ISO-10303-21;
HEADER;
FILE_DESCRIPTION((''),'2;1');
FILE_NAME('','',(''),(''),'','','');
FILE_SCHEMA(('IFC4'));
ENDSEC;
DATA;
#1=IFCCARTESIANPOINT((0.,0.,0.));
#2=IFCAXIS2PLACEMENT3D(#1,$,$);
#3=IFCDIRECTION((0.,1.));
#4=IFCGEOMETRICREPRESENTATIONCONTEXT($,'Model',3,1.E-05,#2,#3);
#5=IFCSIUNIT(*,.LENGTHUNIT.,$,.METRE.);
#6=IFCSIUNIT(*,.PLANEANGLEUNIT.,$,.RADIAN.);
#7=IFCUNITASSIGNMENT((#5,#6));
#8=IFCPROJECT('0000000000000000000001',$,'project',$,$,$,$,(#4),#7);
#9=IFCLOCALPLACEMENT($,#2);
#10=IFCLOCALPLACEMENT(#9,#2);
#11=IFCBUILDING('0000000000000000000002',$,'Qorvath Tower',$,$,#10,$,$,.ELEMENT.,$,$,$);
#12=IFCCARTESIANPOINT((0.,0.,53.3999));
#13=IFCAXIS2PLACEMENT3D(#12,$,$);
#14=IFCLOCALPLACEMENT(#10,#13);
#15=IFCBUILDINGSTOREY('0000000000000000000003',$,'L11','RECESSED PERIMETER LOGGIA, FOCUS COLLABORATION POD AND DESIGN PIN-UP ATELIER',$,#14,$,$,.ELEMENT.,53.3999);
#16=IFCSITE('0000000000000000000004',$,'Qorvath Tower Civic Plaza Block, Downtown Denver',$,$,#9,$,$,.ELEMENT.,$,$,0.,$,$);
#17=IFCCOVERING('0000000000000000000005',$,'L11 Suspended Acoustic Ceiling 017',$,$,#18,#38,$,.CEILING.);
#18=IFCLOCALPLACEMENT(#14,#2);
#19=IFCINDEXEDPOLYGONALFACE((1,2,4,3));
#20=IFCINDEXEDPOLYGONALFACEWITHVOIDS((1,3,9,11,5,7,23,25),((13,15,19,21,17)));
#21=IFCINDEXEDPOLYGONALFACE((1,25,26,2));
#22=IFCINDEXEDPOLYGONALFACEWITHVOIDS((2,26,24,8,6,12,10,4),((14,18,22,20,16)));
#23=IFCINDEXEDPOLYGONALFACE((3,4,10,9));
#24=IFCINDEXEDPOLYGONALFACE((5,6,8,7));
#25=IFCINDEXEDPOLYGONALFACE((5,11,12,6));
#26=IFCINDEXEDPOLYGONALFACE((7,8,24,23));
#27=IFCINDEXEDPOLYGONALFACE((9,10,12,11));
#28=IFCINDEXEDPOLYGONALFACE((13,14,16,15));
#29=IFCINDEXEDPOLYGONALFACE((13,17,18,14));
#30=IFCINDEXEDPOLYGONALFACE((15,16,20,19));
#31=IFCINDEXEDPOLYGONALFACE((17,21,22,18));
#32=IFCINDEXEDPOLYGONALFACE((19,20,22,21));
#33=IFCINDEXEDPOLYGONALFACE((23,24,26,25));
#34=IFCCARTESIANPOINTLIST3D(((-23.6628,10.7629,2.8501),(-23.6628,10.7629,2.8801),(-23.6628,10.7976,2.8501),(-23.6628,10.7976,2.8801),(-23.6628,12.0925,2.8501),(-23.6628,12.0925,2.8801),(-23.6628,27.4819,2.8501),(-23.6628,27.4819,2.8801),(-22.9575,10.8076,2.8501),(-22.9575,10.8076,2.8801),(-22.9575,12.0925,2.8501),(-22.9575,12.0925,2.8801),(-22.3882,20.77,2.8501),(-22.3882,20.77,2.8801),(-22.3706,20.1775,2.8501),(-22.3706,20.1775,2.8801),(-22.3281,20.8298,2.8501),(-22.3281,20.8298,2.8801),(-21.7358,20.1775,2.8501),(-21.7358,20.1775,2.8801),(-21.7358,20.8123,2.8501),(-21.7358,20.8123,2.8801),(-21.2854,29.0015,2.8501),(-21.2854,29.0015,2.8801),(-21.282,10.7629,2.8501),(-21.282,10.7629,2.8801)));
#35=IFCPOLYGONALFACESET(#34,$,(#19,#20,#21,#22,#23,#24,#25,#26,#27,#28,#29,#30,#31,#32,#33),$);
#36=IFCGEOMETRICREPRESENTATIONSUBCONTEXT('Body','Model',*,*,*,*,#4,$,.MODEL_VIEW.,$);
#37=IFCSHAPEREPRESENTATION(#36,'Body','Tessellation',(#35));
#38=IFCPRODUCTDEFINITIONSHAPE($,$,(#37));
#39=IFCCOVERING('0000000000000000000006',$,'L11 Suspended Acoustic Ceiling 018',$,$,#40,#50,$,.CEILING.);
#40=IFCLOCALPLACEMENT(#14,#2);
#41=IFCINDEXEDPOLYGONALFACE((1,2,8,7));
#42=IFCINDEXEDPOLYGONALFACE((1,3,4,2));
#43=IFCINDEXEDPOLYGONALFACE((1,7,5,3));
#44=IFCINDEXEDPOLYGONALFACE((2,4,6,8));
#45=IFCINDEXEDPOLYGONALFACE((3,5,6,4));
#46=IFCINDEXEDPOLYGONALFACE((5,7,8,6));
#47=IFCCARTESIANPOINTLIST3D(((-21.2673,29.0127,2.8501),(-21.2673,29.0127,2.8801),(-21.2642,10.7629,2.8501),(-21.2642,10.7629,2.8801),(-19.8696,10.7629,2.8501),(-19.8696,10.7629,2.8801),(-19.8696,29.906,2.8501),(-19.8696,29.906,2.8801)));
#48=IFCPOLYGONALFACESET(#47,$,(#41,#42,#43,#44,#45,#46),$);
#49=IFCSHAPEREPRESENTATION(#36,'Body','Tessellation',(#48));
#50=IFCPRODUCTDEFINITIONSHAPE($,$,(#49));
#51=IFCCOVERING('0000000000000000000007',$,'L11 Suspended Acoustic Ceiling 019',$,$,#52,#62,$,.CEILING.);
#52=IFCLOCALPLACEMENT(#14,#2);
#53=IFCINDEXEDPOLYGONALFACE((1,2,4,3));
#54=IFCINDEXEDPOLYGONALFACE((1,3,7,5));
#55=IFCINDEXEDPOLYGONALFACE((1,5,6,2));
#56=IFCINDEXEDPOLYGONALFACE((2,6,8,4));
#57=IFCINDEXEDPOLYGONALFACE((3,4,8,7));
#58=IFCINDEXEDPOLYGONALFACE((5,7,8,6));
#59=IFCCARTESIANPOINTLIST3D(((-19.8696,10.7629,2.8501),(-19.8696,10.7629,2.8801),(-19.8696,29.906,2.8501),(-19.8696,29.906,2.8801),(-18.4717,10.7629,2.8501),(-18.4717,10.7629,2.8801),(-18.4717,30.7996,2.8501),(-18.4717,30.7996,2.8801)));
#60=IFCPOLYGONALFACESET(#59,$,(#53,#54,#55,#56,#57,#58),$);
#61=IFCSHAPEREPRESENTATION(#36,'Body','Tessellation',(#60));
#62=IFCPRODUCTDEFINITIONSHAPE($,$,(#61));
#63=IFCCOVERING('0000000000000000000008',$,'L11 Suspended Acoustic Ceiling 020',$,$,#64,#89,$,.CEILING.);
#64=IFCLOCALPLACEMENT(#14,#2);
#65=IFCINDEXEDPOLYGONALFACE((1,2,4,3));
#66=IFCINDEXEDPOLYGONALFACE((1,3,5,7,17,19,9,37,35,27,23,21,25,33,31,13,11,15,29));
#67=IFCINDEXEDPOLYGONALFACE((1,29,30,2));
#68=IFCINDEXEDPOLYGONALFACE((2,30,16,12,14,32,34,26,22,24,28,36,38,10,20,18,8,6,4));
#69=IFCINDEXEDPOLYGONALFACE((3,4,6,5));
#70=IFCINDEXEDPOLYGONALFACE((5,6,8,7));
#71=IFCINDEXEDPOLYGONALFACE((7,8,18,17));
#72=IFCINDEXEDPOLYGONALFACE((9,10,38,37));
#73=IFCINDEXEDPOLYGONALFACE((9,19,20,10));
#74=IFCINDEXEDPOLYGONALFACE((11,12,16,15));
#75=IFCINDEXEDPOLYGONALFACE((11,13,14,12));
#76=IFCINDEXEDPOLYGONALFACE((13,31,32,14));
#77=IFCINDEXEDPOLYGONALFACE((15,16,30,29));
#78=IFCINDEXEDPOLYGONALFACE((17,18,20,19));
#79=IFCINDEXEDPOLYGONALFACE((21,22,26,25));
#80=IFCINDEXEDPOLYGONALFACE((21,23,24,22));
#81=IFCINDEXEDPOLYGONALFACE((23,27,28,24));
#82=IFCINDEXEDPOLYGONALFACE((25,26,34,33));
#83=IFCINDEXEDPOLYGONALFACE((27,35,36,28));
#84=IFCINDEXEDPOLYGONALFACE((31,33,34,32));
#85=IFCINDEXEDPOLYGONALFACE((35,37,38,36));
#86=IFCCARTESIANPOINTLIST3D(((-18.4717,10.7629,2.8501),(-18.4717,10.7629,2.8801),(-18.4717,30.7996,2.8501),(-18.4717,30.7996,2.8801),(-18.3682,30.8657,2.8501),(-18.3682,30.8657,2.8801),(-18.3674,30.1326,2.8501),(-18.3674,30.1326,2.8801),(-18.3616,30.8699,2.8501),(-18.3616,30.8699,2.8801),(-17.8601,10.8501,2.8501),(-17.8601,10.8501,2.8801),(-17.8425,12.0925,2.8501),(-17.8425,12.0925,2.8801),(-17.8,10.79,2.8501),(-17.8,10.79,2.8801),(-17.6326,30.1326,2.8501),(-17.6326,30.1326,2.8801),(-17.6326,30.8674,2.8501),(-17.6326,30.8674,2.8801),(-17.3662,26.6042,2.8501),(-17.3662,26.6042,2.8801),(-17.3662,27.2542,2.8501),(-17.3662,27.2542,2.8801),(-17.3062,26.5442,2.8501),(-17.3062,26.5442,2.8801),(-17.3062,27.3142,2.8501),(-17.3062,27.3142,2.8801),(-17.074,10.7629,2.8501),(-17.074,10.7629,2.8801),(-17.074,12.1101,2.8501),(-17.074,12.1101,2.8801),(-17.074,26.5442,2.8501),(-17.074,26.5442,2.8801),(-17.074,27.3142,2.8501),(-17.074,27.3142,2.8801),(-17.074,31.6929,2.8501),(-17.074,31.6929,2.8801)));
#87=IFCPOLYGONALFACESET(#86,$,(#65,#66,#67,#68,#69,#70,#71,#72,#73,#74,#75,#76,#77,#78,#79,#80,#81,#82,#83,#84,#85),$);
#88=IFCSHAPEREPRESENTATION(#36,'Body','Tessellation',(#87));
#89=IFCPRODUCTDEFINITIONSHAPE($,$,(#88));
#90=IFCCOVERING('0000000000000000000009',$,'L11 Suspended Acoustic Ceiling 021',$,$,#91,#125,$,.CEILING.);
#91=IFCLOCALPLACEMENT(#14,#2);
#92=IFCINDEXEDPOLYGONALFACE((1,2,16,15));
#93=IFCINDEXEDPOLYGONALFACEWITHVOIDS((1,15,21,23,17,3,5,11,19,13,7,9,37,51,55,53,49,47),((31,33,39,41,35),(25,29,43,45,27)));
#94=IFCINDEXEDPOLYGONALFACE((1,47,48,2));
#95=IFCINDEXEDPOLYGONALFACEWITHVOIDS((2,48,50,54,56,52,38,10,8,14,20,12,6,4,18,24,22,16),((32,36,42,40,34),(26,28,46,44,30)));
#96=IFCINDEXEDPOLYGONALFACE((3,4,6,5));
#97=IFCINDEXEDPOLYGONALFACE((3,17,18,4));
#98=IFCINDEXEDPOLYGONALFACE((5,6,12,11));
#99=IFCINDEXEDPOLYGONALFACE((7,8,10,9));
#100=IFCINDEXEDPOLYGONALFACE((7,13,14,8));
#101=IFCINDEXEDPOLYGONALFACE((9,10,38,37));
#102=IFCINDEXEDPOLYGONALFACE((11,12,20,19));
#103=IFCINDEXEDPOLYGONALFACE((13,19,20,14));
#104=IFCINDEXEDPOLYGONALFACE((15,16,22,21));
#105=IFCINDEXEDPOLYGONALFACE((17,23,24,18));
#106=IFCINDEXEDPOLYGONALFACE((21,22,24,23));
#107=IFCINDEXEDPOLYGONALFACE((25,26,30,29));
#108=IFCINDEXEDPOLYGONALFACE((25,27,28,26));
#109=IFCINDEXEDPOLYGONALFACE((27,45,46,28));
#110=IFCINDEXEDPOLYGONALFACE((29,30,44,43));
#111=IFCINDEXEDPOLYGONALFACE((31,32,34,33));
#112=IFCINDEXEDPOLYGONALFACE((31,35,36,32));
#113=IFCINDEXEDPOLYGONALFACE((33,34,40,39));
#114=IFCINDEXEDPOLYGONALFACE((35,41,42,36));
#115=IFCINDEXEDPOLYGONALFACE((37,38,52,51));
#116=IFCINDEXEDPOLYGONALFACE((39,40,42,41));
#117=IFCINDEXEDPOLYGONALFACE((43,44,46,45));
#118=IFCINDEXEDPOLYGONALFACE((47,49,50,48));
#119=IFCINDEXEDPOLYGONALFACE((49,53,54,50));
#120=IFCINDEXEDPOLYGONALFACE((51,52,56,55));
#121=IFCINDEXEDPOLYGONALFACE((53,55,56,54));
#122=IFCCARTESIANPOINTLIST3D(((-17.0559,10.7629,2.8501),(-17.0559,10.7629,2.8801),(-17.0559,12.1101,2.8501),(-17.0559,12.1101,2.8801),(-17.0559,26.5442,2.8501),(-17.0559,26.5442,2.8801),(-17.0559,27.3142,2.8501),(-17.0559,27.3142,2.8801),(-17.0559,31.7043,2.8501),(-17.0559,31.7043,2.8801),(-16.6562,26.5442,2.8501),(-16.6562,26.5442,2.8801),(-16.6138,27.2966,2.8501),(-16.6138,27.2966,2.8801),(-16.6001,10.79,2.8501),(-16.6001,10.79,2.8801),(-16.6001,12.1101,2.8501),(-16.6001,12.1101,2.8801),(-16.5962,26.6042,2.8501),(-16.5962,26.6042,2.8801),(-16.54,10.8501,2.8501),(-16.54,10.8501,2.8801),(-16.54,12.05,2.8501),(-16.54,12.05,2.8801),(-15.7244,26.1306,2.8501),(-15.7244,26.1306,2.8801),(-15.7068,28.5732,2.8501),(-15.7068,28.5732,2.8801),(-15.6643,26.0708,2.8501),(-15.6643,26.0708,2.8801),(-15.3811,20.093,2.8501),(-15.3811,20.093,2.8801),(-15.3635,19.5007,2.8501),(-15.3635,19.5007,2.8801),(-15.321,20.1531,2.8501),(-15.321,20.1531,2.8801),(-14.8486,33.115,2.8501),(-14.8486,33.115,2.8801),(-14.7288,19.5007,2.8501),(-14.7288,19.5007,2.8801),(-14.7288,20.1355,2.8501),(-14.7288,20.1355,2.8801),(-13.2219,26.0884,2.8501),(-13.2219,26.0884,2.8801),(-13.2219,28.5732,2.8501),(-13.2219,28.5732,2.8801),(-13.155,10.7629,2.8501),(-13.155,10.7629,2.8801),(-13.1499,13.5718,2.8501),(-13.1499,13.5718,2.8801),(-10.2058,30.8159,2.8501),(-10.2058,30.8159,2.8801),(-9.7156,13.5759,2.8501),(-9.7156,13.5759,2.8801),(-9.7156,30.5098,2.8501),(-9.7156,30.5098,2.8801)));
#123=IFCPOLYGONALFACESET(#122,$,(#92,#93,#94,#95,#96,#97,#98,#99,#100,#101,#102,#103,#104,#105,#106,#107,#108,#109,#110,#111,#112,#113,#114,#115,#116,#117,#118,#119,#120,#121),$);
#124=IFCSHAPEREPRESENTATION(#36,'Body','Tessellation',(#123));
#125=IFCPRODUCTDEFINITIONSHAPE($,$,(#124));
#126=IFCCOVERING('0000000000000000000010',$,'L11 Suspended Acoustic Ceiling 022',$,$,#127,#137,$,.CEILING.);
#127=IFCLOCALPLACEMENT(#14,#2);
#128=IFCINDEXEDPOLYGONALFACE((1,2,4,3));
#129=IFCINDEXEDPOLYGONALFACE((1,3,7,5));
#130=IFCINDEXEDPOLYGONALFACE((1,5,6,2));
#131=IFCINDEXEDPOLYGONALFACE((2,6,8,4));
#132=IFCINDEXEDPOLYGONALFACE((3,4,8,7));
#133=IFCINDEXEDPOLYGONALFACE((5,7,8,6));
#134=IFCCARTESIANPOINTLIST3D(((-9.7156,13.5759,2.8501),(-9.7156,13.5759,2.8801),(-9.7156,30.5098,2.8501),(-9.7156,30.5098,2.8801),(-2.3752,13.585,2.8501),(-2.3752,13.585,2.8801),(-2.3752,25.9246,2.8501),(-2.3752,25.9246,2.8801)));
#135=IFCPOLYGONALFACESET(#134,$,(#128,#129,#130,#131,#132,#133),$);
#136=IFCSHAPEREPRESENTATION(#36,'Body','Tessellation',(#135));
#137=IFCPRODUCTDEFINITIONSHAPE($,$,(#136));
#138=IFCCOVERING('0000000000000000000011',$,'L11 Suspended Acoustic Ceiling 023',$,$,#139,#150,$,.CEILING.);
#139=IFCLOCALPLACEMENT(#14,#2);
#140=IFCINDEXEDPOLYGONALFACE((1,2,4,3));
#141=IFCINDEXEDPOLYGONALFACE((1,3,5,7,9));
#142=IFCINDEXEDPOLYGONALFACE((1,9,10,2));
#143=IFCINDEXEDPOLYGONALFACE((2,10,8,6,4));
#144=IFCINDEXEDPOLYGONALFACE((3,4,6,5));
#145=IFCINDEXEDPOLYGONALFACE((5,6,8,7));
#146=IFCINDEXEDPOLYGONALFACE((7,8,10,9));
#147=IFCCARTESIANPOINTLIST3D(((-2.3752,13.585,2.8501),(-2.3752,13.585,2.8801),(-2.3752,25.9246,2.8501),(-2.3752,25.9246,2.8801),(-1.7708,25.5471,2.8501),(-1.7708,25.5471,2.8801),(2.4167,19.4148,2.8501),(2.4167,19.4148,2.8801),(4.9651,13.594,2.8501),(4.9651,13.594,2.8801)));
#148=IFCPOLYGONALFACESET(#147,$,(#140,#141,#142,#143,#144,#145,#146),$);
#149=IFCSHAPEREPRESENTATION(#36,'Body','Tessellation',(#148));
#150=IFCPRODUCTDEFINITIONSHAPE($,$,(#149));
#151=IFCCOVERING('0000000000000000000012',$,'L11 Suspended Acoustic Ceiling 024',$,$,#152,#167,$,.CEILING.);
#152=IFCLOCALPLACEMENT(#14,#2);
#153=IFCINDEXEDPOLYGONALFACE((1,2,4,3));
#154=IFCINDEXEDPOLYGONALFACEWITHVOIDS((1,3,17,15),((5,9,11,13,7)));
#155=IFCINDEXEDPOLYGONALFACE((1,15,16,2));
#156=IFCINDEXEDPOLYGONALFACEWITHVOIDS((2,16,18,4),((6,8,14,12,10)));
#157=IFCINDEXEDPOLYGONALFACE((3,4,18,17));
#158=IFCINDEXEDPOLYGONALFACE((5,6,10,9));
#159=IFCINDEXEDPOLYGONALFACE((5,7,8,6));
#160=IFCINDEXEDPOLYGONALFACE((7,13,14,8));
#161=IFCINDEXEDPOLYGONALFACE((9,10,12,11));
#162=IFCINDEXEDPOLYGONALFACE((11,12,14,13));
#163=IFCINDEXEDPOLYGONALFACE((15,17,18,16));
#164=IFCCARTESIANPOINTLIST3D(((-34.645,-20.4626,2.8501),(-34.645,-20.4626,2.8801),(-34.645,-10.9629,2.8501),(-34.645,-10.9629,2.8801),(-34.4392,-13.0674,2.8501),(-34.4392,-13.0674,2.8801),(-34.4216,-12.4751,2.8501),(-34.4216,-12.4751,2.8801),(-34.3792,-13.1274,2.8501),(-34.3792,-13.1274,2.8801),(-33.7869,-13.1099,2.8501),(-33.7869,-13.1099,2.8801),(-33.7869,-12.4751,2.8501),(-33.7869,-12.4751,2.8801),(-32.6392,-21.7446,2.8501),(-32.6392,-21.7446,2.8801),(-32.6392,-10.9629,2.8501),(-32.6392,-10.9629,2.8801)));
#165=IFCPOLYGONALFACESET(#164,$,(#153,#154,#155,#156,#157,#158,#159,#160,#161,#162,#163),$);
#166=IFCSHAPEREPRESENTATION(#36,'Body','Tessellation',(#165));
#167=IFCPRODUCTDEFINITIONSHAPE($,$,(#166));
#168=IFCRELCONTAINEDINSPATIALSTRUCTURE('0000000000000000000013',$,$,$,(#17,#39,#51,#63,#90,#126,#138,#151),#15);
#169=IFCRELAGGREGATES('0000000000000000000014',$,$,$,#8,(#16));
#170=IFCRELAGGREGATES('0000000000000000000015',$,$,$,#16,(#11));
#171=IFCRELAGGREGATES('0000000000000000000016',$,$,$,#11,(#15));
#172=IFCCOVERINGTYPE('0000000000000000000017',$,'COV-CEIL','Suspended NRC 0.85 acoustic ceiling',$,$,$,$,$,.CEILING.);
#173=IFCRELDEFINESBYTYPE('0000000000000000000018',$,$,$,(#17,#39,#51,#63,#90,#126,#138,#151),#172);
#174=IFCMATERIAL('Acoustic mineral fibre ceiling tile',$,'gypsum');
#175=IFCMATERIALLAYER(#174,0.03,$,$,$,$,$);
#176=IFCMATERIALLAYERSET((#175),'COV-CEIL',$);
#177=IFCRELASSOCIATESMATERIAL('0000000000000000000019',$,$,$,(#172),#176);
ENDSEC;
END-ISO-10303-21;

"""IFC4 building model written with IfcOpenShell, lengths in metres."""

from ifc_helpers import new_model, si_unit, direction, frame, origin, place, context, subcontext, project, spatial, polyline, outline, extrude, material, layer, layer_set, type_object, element, save


model = new_model("IFC4")

# Units and contexts
model_context = context("Model", 3, precision=1e-05, world=origin(), true_north=direction((0.0, 1.0)))
body_context = subcontext(model_context, "Body", "Model", "MODEL_VIEW")
ifc_project = project(units=[si_unit("LENGTHUNIT", "METRE"), si_unit("PLANEANGLEUNIT", "RADIAN")], contexts=[model_context])

# Site, building, storey
site_placement = place(None, origin())
site = spatial("IfcSite", under=ifc_project, at=site_placement, Name="Qorvath Tower Civic Plaza Block, Downtown Denver", CompositionType="ELEMENT", RefElevation=0.0)
building_placement = place(site_placement, origin())
building = spatial("IfcBuilding", under=site, at=building_placement, Name="Qorvath Tower", CompositionType="ELEMENT")
storey_placement = place(building_placement, frame((0.0, 0.0, 53.3999)))
storey = spatial("IfcBuildingStorey", under=building, at=storey_placement, Name="L11", Description="RECESSED PERIMETER LOGGIA, FOCUS COLLABORATION POD AND DESIGN PIN-UP ATELIER", CompositionType="ELEMENT", Elevation=53.3999)

# Coverings
ifc_material_1 = material(Name="Acoustic mineral fibre ceiling tile", Category="gypsum")
ifc_layer_1 = layer(ifc_material_1, 0.03)
ifc_layer_set_1 = layer_set([ifc_layer_1], Name="COV-CEIL")
covering_type_1 = type_object("IfcCoveringType", Name="COV-CEIL", Description="Suspended NRC 0.85 acoustic ceiling", PredefinedType="CEILING", material=ifc_layer_set_1)
covering_1_placement = place(storey_placement, frame((0.0, 0.0, 2.8501)))
element("IfcCovering", 1, at=covering_1_placement, inside=storey, type_object=covering_type_1, Name="L11 Suspended Acoustic Ceiling 017", PredefinedType="CEILING", context=body_context, shape_type="SweptSolid", body=[
    extrude(outline(polyline([(-21.282, 10.7629), (-21.2854, 29.0015), (-23.6628, 27.4819), (-23.6628, 12.0925), (-22.9575, 12.0925), (-22.9575, 10.8076), (-23.6628, 10.7976), (-23.6628, 10.7629), (-21.282, 10.7629)]), holes=[polyline([(-22.3882, 20.77), (-22.3281, 20.8298), (-21.7358, 20.8123), (-21.7358, 20.1775), (-22.3706, 20.1775), (-22.3882, 20.77)])]), origin(), (0.0, 0.0, 1.0), 0.03),
])
covering_2_placement = place(storey_placement, frame((0.0, 0.0, 2.8501)))
element("IfcCovering", 2, at=covering_2_placement, inside=storey, type_object=covering_type_1, Name="L11 Suspended Acoustic Ceiling 018", PredefinedType="CEILING", context=body_context, shape_type="SweptSolid", body=[
    extrude(outline(polyline([(-19.8696, 10.7629), (-19.8696, 29.906), (-21.2673, 29.0127), (-21.2642, 10.7629), (-19.8696, 10.7629)])), origin(), (0.0, 0.0, 1.0), 0.03),
])
covering_3_placement = place(storey_placement, frame((0.0, 0.0, 2.8501)))
element("IfcCovering", 3, at=covering_3_placement, inside=storey, type_object=covering_type_1, Name="L11 Suspended Acoustic Ceiling 019", PredefinedType="CEILING", context=body_context, shape_type="SweptSolid", body=[
    extrude(outline(polyline([(-18.4717, 10.7629), (-18.4717, 30.7996), (-19.8696, 29.906), (-19.8696, 10.7629), (-18.4717, 10.7629)])), origin(), (0.0, 0.0, 1.0), 0.03),
])
covering_4_placement = place(storey_placement, frame((0.0, 0.0, 2.8501)))
element("IfcCovering", 4, at=covering_4_placement, inside=storey, type_object=covering_type_1, Name="L11 Suspended Acoustic Ceiling 020", PredefinedType="CEILING", context=body_context, shape_type="SweptSolid", body=[
    extrude(outline(polyline([(-17.3062, 27.3142), (-17.074, 27.3142), (-17.074, 31.6929), (-18.3616, 30.8699), (-17.6326, 30.8674), (-17.6326, 30.1326), (-18.3674, 30.1326), (-18.3682, 30.8657), (-18.4717, 30.7996), (-18.4717, 10.7629), (-17.074, 10.7629), (-17.8, 10.79), (-17.8601, 10.8501), (-17.8425, 12.0925), (-17.074, 12.1101), (-17.074, 26.5442), (-17.3062, 26.5442), (-17.3662, 26.6042), (-17.3662, 27.2542), (-17.3062, 27.3142)])), origin(), (0.0, 0.0, 1.0), 0.03),
])
covering_5_placement = place(storey_placement, frame((0.0, 0.0, 2.8501)))
element("IfcCovering", 5, at=covering_5_placement, inside=storey, type_object=covering_type_1, Name="L11 Suspended Acoustic Ceiling 021", PredefinedType="CEILING", context=body_context, shape_type="SweptSolid", body=[
    extrude(outline(polyline([(-16.6562, 26.5442), (-17.0559, 26.5442), (-17.0559, 12.1101), (-16.6001, 12.1101), (-16.54, 12.05), (-16.54, 10.8501), (-16.6001, 10.79), (-17.0559, 10.7629), (-13.155, 10.7629), (-13.1499, 13.5718), (-9.7156, 13.5759), (-9.7156, 30.5098), (-10.2058, 30.8159), (-14.8486, 33.115), (-17.0559, 31.7043), (-17.0559, 27.3142), (-16.6138, 27.2966), (-16.5962, 26.6042), (-16.6562, 26.5442)]), holes=[polyline([(-15.7244, 26.1306), (-15.7068, 28.5732), (-13.2219, 28.5732), (-13.2219, 26.0884), (-15.6643, 26.0708), (-15.7244, 26.1306)]), polyline([(-15.3811, 20.093), (-15.321, 20.1531), (-14.7288, 20.1355), (-14.7288, 19.5007), (-15.3635, 19.5007), (-15.3811, 20.093)])]), origin(), (0.0, 0.0, 1.0), 0.03),
])
covering_6_placement = place(storey_placement, frame((0.0, 0.0, 2.8501)))
element("IfcCovering", 6, at=covering_6_placement, inside=storey, type_object=covering_type_1, Name="L11 Suspended Acoustic Ceiling 022", PredefinedType="CEILING", context=body_context, shape_type="SweptSolid", body=[
    extrude(outline(polyline([(-9.7156, 30.5098), (-9.7156, 13.5759), (-2.3752, 13.585), (-2.3752, 25.9246), (-9.7156, 30.5098)])), origin(), (0.0, 0.0, 1.0), 0.03),
])
covering_7_placement = place(storey_placement, frame((0.0, 0.0, 2.8501)))
element("IfcCovering", 7, at=covering_7_placement, inside=storey, type_object=covering_type_1, Name="L11 Suspended Acoustic Ceiling 023", PredefinedType="CEILING", context=body_context, shape_type="SweptSolid", body=[
    extrude(outline(polyline([(-2.3752, 25.9246), (-2.3752, 13.585), (4.9651, 13.594), (2.4167, 19.4148), (-1.7708, 25.5471), (-2.3752, 25.9246)])), origin(), (0.0, 0.0, 1.0), 0.03),
])
covering_8_placement = place(storey_placement, frame((0.0, 0.0, 2.8501)))
element("IfcCovering", 8, at=covering_8_placement, inside=storey, type_object=covering_type_1, Name="L11 Suspended Acoustic Ceiling 024", PredefinedType="CEILING", context=body_context, shape_type="SweptSolid", body=[
    extrude(outline(polyline([(-32.6392, -21.7446), (-32.6392, -10.9629), (-34.645, -10.9629), (-34.645, -20.4626), (-32.6392, -21.7446)]), holes=[polyline([(-34.4392, -13.0674), (-34.4216, -12.4751), (-33.7869, -12.4751), (-33.7869, -13.1099), (-34.3792, -13.1274), (-34.4392, -13.0674)])]), origin(), (0.0, 0.0, 1.0), 0.03),
])

save(model, "model.ifc")
